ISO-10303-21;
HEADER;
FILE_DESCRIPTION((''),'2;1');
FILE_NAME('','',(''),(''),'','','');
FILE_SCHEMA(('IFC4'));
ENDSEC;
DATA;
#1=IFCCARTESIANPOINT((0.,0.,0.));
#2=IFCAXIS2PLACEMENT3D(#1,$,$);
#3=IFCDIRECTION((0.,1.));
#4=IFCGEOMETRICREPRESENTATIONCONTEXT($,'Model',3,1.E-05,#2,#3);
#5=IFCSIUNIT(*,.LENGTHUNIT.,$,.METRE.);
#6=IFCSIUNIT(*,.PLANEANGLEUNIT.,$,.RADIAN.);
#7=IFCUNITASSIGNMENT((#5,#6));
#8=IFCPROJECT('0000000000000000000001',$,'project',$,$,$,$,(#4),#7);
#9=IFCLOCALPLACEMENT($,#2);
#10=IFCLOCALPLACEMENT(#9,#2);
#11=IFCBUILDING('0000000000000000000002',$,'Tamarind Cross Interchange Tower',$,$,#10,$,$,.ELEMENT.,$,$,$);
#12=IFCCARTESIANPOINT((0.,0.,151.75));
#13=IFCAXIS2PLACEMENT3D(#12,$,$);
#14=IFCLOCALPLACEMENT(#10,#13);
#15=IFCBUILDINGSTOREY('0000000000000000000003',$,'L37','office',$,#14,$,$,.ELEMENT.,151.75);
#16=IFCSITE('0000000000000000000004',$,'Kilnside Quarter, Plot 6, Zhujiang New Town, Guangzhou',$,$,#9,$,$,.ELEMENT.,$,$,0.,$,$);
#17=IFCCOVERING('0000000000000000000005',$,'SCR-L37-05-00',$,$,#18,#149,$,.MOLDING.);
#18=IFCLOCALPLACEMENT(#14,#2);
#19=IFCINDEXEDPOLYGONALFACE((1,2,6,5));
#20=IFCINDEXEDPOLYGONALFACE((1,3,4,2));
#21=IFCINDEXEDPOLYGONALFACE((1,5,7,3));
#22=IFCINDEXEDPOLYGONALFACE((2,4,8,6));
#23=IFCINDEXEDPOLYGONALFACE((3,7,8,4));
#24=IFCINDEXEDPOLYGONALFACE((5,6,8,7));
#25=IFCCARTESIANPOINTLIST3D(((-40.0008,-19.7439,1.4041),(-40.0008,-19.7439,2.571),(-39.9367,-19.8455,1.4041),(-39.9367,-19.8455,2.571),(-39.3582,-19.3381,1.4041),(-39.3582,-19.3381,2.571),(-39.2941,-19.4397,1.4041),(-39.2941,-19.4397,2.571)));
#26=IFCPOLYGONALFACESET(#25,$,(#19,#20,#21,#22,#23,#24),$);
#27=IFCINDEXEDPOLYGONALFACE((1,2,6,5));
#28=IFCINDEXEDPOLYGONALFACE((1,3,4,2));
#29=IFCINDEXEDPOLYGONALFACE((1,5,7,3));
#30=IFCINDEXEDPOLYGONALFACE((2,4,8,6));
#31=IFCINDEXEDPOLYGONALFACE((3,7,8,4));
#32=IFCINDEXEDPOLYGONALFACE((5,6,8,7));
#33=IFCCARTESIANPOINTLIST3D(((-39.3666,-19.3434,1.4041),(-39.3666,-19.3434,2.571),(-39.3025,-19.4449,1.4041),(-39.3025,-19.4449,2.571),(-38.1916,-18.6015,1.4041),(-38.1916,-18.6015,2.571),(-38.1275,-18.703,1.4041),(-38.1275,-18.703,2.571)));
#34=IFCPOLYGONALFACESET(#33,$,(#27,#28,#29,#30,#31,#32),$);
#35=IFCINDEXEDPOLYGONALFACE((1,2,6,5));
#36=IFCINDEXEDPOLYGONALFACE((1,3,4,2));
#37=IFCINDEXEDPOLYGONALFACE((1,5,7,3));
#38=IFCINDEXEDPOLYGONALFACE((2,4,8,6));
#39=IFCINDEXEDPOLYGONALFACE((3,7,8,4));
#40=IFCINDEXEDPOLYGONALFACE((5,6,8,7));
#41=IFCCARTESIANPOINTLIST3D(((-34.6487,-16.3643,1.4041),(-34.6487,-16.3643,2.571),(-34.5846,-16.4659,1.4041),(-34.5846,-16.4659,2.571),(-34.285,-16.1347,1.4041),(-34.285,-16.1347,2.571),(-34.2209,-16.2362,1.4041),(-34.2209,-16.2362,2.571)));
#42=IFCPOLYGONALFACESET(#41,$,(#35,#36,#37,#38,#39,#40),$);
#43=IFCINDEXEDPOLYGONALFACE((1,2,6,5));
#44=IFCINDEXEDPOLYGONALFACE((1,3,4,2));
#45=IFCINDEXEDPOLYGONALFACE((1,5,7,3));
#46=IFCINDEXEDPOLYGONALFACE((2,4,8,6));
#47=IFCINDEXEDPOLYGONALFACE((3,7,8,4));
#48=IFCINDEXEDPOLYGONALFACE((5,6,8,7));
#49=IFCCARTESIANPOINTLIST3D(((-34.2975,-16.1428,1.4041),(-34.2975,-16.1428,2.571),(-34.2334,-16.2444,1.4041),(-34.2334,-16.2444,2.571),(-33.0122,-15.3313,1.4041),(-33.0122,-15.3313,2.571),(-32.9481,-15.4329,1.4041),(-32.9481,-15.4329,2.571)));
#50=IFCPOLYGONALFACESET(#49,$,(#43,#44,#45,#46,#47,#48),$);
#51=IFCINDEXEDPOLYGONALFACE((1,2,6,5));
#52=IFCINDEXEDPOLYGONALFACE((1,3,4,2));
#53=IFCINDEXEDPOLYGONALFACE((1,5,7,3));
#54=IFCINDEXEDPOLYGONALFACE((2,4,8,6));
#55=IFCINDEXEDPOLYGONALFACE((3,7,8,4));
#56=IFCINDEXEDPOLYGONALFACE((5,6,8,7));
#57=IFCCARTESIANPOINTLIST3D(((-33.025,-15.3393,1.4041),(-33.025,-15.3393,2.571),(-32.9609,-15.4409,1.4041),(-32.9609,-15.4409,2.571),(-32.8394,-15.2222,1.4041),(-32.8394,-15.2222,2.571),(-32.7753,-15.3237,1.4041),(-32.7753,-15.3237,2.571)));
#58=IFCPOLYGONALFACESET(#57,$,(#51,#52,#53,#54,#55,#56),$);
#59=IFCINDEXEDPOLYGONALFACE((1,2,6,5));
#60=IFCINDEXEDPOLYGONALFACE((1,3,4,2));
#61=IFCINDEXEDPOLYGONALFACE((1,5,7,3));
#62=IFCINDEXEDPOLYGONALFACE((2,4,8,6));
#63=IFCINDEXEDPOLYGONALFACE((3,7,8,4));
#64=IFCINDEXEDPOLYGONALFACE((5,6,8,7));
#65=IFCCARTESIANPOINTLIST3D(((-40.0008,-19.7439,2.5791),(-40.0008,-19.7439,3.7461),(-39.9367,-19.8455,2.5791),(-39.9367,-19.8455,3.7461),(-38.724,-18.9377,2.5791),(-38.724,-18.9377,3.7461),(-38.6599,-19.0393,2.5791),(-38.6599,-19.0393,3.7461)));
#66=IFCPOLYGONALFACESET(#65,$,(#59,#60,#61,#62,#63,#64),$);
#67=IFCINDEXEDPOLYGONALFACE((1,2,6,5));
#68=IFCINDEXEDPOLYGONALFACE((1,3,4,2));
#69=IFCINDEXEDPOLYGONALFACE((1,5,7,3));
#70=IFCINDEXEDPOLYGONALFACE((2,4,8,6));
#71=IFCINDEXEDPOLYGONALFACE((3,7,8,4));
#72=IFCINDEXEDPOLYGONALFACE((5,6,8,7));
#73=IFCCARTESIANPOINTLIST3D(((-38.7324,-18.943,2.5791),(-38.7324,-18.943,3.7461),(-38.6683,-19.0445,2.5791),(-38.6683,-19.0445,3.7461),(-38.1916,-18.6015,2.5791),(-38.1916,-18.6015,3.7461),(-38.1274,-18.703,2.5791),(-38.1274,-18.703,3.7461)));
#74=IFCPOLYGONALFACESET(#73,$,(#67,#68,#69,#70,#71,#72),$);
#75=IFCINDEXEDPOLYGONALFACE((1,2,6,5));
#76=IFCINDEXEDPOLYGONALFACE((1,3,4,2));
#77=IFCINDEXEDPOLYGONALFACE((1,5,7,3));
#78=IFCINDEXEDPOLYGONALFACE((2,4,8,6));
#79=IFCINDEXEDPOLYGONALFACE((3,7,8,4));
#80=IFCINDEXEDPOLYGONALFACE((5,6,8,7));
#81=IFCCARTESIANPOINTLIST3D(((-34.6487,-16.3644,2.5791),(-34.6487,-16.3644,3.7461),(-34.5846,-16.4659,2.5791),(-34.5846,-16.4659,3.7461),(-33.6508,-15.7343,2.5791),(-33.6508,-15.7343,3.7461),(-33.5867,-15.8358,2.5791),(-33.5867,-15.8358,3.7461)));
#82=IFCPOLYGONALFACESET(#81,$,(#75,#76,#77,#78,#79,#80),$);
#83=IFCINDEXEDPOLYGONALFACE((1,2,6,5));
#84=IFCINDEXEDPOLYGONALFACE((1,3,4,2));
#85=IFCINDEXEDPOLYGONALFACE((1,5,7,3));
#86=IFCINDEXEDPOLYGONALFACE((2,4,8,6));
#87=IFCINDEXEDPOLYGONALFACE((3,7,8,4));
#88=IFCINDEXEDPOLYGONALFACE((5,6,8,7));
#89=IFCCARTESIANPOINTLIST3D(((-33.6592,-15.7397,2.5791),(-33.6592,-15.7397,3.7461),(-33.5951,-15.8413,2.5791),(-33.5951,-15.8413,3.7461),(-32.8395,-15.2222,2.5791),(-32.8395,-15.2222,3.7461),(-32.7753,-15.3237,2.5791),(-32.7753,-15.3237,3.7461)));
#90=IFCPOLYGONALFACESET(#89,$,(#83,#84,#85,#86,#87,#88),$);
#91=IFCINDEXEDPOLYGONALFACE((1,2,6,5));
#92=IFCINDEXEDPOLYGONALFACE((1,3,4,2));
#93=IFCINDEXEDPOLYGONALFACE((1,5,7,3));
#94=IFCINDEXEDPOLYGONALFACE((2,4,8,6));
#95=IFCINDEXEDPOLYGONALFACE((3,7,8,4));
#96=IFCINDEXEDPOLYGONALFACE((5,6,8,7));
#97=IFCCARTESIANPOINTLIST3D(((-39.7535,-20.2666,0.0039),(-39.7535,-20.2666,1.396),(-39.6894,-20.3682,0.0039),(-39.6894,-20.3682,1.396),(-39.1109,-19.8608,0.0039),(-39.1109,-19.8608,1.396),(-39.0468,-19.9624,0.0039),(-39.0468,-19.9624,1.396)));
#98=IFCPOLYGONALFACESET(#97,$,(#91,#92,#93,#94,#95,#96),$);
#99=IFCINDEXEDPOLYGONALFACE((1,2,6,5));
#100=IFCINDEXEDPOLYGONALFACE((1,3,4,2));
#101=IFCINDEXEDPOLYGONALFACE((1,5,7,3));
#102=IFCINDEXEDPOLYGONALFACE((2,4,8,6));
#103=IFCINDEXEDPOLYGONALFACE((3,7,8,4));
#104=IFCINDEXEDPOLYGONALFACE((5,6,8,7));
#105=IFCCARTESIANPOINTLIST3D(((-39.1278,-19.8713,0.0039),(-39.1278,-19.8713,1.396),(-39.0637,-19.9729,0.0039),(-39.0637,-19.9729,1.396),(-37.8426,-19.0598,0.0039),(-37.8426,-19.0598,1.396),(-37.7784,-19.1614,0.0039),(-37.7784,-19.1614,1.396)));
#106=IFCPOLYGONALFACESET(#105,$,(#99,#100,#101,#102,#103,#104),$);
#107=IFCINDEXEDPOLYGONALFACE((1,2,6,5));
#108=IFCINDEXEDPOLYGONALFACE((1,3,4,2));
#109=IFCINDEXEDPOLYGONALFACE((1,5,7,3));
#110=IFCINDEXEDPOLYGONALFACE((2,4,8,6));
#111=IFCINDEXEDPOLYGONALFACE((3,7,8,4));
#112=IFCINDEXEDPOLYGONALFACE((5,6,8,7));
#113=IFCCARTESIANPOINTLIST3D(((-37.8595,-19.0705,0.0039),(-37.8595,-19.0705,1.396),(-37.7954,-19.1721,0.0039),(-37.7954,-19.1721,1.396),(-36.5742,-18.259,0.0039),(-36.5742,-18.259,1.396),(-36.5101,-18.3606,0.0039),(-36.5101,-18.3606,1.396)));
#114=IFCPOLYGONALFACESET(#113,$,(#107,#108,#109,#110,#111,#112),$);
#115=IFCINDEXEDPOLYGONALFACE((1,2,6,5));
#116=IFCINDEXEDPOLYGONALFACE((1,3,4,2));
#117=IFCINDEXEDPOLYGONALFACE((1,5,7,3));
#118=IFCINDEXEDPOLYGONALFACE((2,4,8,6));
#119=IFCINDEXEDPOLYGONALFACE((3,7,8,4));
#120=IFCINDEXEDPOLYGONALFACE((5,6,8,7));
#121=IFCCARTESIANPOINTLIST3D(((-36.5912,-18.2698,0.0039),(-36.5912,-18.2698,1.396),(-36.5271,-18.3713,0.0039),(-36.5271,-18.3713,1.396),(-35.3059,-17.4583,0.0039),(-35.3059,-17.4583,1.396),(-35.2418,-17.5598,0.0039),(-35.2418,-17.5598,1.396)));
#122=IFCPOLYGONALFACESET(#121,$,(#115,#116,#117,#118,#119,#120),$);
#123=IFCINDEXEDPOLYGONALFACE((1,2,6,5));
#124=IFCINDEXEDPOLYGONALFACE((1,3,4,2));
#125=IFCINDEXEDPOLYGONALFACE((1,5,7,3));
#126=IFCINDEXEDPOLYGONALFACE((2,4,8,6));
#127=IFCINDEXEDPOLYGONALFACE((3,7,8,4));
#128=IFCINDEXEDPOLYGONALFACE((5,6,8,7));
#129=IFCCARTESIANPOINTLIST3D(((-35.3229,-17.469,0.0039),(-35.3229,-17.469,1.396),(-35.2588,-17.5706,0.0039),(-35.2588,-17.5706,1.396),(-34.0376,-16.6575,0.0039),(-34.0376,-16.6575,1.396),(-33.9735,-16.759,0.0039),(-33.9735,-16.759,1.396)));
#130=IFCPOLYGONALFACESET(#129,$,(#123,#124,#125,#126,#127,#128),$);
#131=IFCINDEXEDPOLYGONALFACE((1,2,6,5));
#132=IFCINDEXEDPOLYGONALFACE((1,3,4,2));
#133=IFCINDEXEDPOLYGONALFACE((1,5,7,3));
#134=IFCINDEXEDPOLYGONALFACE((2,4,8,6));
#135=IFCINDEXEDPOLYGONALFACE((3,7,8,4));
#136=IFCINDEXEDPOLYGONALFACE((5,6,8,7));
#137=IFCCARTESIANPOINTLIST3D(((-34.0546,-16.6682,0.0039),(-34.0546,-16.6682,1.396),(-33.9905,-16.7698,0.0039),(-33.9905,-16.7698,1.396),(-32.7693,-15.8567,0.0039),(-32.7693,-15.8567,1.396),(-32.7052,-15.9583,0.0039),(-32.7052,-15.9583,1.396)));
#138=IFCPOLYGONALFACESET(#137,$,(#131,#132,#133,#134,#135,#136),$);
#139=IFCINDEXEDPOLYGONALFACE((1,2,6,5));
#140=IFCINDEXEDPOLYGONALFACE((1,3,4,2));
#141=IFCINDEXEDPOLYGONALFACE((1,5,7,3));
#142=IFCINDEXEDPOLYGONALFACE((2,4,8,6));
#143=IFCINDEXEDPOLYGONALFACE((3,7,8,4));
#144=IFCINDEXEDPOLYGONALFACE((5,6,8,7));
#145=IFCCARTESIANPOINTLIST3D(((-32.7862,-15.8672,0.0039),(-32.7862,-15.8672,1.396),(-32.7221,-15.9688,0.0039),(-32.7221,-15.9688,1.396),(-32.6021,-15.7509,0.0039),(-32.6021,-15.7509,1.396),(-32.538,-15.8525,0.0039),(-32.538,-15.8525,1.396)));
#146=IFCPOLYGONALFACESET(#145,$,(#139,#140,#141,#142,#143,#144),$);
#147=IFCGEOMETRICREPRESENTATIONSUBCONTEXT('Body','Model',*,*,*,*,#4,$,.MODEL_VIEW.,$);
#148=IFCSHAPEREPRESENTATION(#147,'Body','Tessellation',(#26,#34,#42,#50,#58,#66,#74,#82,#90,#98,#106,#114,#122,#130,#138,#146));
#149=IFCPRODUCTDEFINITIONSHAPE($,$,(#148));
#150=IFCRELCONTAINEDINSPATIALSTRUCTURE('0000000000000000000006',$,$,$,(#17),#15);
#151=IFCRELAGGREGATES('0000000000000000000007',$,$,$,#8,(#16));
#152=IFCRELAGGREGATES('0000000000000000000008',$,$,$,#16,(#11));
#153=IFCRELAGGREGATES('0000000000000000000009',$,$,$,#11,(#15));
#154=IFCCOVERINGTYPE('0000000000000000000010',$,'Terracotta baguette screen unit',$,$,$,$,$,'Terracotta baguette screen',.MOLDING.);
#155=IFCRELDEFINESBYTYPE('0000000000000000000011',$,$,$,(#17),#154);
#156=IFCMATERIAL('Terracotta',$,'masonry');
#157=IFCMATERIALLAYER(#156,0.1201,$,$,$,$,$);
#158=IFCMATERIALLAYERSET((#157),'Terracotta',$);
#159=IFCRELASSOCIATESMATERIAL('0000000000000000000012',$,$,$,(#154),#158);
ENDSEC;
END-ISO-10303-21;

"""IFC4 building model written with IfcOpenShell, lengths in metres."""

from ifc_helpers import new_model, si_unit, direction, frame, origin, origin_2d, place, context, subcontext, project, spatial, rectangle, extrude, material, layer, layer_set, type_object, element, save


model = new_model("IFC4")

# Units and contexts
model_context = context("Model", 3, precision=1e-05, world=origin(), true_north=direction((0.0, 1.0)))
body_context = subcontext(model_context, "Body", "Model", "MODEL_VIEW")
ifc_project = project(units=[si_unit("LENGTHUNIT", "METRE"), si_unit("PLANEANGLEUNIT", "RADIAN")], contexts=[model_context])

# Site, building, storey
site_placement = place(None, origin())
site = spatial("IfcSite", under=ifc_project, at=site_placement, Name="Kilnside Quarter, Plot 6, Zhujiang New Town, Guangzhou", CompositionType="ELEMENT", RefElevation=0.0)
building_placement = place(site_placement, origin())
building = spatial("IfcBuilding", under=site, at=building_placement, Name="Tamarind Cross Interchange Tower", CompositionType="ELEMENT")
storey_placement = place(building_placement, frame((0.0, 0.0, 151.75)))
storey = spatial("IfcBuildingStorey", under=building, at=storey_placement, Name="L37", Description="office", CompositionType="ELEMENT", Elevation=151.75)

# Covering
ifc_material_1 = material(Name="Terracotta", Category="masonry")
ifc_layer_1 = layer(ifc_material_1, 0.1201)
ifc_layer_set_1 = layer_set([ifc_layer_1], Name="Terracotta")
covering_type = type_object("IfcCoveringType", Name="Terracotta baguette screen unit", ElementType="Terracotta baguette screen", PredefinedType="MOLDING", material=ifc_layer_set_1)
covering_1_placement = place(storey_placement, origin())
element("IfcCovering", 1, at=covering_1_placement, inside=storey, type_object=covering_type, Name="SCR-L37-05-00", PredefinedType="MOLDING", context=body_context, shape_type="SweptSolid", body=[
    extrude(rectangle(XDim=0.76, YDim=0.1201, at=origin_2d()), frame((-39.6475, -19.5918, 1.4041), z_axis=(0.0, 0.0, 1.0), x_axis=(0.84556, 0.533881, 0.0)), (0.0, 0.0, 1.0), 1.167),
    extrude(rectangle(XDim=1.3896, YDim=0.1201, at=origin_2d()), frame((-38.7471, -19.0232, 1.4041), z_axis=(0.0, 0.0, 1.0), x_axis=(0.84556, 0.533881, 0.0)), (0.0, 0.0, 1.0), 1.167),
    extrude(rectangle(XDim=0.4302, YDim=0.1201, at=origin_2d()), frame((-34.4348, -16.3003, 1.4041), z_axis=(0.0, 0.0, 1.0), x_axis=(0.84556, 0.533881, 0.0)), (0.0, 0.0, 1.0), 1.167),
    extrude(rectangle(XDim=1.52, YDim=0.1201, at=origin_2d()), frame((-33.6228, -15.7878, 1.4041), z_axis=(0.0, 0.0, 1.0), x_axis=(0.84556, 0.533881, 0.0)), (0.0, 0.0, 1.0), 1.167),
    extrude(rectangle(XDim=0.2195, YDim=0.1201, at=origin_2d()), frame((-32.9001, -15.3315, 1.4041), z_axis=(0.0, 0.0, 1.0), x_axis=(0.84556, 0.533881, 0.0)), (0.0, 0.0, 1.0), 1.167),
    extrude(rectangle(XDim=1.51, YDim=0.1201, at=origin_2d()), frame((-39.3303, -19.3916, 2.5791), z_axis=(0.0, 0.0, 1.0), x_axis=(0.84556, 0.533881, 0.0)), (0.0, 0.0, 1.0), 1.167),
    extrude(rectangle(XDim=0.6396, YDim=0.1201, at=origin_2d()), frame((-38.4299, -18.823, 2.5791), z_axis=(0.0, 0.0, 1.0), x_axis=(0.84556, 0.533881, 0.0)), (0.0, 0.0, 1.0), 1.167),
    extrude(rectangle(XDim=1.1802, YDim=0.1201, at=origin_2d()), frame((-34.1177, -16.1001, 2.5791), z_axis=(0.0, 0.0, 1.0), x_axis=(0.84556, 0.533881, 0.0)), (0.0, 0.0, 1.0), 1.167),
    extrude(rectangle(XDim=0.9695, YDim=0.1201, at=origin_2d()), frame((-33.2173, -15.5317, 2.5791), z_axis=(0.0, 0.0, 1.0), x_axis=(0.84556, 0.533881, 0.0)), (0.0, 0.0, 1.0), 1.167),
    extrude(rectangle(XDim=0.76, YDim=0.1201, at=origin_2d()), frame((-39.4001, -20.1145, 0.0039), z_axis=(0.0, 0.0, 1.0), x_axis=(0.84556, 0.533881, 0.0)), (0.0, 0.0, 1.0), 1.3921),
    extrude(rectangle(XDim=1.52, YDim=0.1201, at=origin_2d()), frame((-38.4531, -19.5164, 0.0039), z_axis=(0.0, 0.0, 1.0), x_axis=(0.84556, 0.533881, 0.0)), (0.0, 0.0, 1.0), 1.3921),
    extrude(rectangle(XDim=1.52, YDim=0.1201, at=origin_2d()), frame((-37.1848, -18.7156, 0.0039), z_axis=(0.0, 0.0, 1.0), x_axis=(0.84556, 0.533881, 0.0)), (0.0, 0.0, 1.0), 1.3921),
    extrude(rectangle(XDim=1.52, YDim=0.1201, at=origin_2d()), frame((-35.9165, -17.9148, 0.0039), z_axis=(0.0, 0.0, 1.0), x_axis=(0.84556, 0.533881, 0.0)), (0.0, 0.0, 1.0), 1.3921),
    extrude(rectangle(XDim=1.52, YDim=0.1201, at=origin_2d()), frame((-34.6482, -17.114, 0.0039), z_axis=(0.0, 0.0, 1.0), x_axis=(0.84556, 0.533881, 0.0)), (0.0, 0.0, 1.0), 1.3921),
    extrude(rectangle(XDim=1.52, YDim=0.1201, at=origin_2d()), frame((-33.3799, -16.3132, 0.0039), z_axis=(0.0, 0.0, 1.0), x_axis=(0.84556, 0.533881, 0.0)), (0.0, 0.0, 1.0), 1.3921),
    extrude(rectangle(XDim=0.2178, YDim=0.1201, at=origin_2d()), frame((-32.6621, -15.8599, 0.0039), z_axis=(0.0, 0.0, 1.0), x_axis=(0.84556, 0.533881, 0.0)), (0.0, 0.0, 1.0), 1.3921),
])

save(model, "model.ifc")
